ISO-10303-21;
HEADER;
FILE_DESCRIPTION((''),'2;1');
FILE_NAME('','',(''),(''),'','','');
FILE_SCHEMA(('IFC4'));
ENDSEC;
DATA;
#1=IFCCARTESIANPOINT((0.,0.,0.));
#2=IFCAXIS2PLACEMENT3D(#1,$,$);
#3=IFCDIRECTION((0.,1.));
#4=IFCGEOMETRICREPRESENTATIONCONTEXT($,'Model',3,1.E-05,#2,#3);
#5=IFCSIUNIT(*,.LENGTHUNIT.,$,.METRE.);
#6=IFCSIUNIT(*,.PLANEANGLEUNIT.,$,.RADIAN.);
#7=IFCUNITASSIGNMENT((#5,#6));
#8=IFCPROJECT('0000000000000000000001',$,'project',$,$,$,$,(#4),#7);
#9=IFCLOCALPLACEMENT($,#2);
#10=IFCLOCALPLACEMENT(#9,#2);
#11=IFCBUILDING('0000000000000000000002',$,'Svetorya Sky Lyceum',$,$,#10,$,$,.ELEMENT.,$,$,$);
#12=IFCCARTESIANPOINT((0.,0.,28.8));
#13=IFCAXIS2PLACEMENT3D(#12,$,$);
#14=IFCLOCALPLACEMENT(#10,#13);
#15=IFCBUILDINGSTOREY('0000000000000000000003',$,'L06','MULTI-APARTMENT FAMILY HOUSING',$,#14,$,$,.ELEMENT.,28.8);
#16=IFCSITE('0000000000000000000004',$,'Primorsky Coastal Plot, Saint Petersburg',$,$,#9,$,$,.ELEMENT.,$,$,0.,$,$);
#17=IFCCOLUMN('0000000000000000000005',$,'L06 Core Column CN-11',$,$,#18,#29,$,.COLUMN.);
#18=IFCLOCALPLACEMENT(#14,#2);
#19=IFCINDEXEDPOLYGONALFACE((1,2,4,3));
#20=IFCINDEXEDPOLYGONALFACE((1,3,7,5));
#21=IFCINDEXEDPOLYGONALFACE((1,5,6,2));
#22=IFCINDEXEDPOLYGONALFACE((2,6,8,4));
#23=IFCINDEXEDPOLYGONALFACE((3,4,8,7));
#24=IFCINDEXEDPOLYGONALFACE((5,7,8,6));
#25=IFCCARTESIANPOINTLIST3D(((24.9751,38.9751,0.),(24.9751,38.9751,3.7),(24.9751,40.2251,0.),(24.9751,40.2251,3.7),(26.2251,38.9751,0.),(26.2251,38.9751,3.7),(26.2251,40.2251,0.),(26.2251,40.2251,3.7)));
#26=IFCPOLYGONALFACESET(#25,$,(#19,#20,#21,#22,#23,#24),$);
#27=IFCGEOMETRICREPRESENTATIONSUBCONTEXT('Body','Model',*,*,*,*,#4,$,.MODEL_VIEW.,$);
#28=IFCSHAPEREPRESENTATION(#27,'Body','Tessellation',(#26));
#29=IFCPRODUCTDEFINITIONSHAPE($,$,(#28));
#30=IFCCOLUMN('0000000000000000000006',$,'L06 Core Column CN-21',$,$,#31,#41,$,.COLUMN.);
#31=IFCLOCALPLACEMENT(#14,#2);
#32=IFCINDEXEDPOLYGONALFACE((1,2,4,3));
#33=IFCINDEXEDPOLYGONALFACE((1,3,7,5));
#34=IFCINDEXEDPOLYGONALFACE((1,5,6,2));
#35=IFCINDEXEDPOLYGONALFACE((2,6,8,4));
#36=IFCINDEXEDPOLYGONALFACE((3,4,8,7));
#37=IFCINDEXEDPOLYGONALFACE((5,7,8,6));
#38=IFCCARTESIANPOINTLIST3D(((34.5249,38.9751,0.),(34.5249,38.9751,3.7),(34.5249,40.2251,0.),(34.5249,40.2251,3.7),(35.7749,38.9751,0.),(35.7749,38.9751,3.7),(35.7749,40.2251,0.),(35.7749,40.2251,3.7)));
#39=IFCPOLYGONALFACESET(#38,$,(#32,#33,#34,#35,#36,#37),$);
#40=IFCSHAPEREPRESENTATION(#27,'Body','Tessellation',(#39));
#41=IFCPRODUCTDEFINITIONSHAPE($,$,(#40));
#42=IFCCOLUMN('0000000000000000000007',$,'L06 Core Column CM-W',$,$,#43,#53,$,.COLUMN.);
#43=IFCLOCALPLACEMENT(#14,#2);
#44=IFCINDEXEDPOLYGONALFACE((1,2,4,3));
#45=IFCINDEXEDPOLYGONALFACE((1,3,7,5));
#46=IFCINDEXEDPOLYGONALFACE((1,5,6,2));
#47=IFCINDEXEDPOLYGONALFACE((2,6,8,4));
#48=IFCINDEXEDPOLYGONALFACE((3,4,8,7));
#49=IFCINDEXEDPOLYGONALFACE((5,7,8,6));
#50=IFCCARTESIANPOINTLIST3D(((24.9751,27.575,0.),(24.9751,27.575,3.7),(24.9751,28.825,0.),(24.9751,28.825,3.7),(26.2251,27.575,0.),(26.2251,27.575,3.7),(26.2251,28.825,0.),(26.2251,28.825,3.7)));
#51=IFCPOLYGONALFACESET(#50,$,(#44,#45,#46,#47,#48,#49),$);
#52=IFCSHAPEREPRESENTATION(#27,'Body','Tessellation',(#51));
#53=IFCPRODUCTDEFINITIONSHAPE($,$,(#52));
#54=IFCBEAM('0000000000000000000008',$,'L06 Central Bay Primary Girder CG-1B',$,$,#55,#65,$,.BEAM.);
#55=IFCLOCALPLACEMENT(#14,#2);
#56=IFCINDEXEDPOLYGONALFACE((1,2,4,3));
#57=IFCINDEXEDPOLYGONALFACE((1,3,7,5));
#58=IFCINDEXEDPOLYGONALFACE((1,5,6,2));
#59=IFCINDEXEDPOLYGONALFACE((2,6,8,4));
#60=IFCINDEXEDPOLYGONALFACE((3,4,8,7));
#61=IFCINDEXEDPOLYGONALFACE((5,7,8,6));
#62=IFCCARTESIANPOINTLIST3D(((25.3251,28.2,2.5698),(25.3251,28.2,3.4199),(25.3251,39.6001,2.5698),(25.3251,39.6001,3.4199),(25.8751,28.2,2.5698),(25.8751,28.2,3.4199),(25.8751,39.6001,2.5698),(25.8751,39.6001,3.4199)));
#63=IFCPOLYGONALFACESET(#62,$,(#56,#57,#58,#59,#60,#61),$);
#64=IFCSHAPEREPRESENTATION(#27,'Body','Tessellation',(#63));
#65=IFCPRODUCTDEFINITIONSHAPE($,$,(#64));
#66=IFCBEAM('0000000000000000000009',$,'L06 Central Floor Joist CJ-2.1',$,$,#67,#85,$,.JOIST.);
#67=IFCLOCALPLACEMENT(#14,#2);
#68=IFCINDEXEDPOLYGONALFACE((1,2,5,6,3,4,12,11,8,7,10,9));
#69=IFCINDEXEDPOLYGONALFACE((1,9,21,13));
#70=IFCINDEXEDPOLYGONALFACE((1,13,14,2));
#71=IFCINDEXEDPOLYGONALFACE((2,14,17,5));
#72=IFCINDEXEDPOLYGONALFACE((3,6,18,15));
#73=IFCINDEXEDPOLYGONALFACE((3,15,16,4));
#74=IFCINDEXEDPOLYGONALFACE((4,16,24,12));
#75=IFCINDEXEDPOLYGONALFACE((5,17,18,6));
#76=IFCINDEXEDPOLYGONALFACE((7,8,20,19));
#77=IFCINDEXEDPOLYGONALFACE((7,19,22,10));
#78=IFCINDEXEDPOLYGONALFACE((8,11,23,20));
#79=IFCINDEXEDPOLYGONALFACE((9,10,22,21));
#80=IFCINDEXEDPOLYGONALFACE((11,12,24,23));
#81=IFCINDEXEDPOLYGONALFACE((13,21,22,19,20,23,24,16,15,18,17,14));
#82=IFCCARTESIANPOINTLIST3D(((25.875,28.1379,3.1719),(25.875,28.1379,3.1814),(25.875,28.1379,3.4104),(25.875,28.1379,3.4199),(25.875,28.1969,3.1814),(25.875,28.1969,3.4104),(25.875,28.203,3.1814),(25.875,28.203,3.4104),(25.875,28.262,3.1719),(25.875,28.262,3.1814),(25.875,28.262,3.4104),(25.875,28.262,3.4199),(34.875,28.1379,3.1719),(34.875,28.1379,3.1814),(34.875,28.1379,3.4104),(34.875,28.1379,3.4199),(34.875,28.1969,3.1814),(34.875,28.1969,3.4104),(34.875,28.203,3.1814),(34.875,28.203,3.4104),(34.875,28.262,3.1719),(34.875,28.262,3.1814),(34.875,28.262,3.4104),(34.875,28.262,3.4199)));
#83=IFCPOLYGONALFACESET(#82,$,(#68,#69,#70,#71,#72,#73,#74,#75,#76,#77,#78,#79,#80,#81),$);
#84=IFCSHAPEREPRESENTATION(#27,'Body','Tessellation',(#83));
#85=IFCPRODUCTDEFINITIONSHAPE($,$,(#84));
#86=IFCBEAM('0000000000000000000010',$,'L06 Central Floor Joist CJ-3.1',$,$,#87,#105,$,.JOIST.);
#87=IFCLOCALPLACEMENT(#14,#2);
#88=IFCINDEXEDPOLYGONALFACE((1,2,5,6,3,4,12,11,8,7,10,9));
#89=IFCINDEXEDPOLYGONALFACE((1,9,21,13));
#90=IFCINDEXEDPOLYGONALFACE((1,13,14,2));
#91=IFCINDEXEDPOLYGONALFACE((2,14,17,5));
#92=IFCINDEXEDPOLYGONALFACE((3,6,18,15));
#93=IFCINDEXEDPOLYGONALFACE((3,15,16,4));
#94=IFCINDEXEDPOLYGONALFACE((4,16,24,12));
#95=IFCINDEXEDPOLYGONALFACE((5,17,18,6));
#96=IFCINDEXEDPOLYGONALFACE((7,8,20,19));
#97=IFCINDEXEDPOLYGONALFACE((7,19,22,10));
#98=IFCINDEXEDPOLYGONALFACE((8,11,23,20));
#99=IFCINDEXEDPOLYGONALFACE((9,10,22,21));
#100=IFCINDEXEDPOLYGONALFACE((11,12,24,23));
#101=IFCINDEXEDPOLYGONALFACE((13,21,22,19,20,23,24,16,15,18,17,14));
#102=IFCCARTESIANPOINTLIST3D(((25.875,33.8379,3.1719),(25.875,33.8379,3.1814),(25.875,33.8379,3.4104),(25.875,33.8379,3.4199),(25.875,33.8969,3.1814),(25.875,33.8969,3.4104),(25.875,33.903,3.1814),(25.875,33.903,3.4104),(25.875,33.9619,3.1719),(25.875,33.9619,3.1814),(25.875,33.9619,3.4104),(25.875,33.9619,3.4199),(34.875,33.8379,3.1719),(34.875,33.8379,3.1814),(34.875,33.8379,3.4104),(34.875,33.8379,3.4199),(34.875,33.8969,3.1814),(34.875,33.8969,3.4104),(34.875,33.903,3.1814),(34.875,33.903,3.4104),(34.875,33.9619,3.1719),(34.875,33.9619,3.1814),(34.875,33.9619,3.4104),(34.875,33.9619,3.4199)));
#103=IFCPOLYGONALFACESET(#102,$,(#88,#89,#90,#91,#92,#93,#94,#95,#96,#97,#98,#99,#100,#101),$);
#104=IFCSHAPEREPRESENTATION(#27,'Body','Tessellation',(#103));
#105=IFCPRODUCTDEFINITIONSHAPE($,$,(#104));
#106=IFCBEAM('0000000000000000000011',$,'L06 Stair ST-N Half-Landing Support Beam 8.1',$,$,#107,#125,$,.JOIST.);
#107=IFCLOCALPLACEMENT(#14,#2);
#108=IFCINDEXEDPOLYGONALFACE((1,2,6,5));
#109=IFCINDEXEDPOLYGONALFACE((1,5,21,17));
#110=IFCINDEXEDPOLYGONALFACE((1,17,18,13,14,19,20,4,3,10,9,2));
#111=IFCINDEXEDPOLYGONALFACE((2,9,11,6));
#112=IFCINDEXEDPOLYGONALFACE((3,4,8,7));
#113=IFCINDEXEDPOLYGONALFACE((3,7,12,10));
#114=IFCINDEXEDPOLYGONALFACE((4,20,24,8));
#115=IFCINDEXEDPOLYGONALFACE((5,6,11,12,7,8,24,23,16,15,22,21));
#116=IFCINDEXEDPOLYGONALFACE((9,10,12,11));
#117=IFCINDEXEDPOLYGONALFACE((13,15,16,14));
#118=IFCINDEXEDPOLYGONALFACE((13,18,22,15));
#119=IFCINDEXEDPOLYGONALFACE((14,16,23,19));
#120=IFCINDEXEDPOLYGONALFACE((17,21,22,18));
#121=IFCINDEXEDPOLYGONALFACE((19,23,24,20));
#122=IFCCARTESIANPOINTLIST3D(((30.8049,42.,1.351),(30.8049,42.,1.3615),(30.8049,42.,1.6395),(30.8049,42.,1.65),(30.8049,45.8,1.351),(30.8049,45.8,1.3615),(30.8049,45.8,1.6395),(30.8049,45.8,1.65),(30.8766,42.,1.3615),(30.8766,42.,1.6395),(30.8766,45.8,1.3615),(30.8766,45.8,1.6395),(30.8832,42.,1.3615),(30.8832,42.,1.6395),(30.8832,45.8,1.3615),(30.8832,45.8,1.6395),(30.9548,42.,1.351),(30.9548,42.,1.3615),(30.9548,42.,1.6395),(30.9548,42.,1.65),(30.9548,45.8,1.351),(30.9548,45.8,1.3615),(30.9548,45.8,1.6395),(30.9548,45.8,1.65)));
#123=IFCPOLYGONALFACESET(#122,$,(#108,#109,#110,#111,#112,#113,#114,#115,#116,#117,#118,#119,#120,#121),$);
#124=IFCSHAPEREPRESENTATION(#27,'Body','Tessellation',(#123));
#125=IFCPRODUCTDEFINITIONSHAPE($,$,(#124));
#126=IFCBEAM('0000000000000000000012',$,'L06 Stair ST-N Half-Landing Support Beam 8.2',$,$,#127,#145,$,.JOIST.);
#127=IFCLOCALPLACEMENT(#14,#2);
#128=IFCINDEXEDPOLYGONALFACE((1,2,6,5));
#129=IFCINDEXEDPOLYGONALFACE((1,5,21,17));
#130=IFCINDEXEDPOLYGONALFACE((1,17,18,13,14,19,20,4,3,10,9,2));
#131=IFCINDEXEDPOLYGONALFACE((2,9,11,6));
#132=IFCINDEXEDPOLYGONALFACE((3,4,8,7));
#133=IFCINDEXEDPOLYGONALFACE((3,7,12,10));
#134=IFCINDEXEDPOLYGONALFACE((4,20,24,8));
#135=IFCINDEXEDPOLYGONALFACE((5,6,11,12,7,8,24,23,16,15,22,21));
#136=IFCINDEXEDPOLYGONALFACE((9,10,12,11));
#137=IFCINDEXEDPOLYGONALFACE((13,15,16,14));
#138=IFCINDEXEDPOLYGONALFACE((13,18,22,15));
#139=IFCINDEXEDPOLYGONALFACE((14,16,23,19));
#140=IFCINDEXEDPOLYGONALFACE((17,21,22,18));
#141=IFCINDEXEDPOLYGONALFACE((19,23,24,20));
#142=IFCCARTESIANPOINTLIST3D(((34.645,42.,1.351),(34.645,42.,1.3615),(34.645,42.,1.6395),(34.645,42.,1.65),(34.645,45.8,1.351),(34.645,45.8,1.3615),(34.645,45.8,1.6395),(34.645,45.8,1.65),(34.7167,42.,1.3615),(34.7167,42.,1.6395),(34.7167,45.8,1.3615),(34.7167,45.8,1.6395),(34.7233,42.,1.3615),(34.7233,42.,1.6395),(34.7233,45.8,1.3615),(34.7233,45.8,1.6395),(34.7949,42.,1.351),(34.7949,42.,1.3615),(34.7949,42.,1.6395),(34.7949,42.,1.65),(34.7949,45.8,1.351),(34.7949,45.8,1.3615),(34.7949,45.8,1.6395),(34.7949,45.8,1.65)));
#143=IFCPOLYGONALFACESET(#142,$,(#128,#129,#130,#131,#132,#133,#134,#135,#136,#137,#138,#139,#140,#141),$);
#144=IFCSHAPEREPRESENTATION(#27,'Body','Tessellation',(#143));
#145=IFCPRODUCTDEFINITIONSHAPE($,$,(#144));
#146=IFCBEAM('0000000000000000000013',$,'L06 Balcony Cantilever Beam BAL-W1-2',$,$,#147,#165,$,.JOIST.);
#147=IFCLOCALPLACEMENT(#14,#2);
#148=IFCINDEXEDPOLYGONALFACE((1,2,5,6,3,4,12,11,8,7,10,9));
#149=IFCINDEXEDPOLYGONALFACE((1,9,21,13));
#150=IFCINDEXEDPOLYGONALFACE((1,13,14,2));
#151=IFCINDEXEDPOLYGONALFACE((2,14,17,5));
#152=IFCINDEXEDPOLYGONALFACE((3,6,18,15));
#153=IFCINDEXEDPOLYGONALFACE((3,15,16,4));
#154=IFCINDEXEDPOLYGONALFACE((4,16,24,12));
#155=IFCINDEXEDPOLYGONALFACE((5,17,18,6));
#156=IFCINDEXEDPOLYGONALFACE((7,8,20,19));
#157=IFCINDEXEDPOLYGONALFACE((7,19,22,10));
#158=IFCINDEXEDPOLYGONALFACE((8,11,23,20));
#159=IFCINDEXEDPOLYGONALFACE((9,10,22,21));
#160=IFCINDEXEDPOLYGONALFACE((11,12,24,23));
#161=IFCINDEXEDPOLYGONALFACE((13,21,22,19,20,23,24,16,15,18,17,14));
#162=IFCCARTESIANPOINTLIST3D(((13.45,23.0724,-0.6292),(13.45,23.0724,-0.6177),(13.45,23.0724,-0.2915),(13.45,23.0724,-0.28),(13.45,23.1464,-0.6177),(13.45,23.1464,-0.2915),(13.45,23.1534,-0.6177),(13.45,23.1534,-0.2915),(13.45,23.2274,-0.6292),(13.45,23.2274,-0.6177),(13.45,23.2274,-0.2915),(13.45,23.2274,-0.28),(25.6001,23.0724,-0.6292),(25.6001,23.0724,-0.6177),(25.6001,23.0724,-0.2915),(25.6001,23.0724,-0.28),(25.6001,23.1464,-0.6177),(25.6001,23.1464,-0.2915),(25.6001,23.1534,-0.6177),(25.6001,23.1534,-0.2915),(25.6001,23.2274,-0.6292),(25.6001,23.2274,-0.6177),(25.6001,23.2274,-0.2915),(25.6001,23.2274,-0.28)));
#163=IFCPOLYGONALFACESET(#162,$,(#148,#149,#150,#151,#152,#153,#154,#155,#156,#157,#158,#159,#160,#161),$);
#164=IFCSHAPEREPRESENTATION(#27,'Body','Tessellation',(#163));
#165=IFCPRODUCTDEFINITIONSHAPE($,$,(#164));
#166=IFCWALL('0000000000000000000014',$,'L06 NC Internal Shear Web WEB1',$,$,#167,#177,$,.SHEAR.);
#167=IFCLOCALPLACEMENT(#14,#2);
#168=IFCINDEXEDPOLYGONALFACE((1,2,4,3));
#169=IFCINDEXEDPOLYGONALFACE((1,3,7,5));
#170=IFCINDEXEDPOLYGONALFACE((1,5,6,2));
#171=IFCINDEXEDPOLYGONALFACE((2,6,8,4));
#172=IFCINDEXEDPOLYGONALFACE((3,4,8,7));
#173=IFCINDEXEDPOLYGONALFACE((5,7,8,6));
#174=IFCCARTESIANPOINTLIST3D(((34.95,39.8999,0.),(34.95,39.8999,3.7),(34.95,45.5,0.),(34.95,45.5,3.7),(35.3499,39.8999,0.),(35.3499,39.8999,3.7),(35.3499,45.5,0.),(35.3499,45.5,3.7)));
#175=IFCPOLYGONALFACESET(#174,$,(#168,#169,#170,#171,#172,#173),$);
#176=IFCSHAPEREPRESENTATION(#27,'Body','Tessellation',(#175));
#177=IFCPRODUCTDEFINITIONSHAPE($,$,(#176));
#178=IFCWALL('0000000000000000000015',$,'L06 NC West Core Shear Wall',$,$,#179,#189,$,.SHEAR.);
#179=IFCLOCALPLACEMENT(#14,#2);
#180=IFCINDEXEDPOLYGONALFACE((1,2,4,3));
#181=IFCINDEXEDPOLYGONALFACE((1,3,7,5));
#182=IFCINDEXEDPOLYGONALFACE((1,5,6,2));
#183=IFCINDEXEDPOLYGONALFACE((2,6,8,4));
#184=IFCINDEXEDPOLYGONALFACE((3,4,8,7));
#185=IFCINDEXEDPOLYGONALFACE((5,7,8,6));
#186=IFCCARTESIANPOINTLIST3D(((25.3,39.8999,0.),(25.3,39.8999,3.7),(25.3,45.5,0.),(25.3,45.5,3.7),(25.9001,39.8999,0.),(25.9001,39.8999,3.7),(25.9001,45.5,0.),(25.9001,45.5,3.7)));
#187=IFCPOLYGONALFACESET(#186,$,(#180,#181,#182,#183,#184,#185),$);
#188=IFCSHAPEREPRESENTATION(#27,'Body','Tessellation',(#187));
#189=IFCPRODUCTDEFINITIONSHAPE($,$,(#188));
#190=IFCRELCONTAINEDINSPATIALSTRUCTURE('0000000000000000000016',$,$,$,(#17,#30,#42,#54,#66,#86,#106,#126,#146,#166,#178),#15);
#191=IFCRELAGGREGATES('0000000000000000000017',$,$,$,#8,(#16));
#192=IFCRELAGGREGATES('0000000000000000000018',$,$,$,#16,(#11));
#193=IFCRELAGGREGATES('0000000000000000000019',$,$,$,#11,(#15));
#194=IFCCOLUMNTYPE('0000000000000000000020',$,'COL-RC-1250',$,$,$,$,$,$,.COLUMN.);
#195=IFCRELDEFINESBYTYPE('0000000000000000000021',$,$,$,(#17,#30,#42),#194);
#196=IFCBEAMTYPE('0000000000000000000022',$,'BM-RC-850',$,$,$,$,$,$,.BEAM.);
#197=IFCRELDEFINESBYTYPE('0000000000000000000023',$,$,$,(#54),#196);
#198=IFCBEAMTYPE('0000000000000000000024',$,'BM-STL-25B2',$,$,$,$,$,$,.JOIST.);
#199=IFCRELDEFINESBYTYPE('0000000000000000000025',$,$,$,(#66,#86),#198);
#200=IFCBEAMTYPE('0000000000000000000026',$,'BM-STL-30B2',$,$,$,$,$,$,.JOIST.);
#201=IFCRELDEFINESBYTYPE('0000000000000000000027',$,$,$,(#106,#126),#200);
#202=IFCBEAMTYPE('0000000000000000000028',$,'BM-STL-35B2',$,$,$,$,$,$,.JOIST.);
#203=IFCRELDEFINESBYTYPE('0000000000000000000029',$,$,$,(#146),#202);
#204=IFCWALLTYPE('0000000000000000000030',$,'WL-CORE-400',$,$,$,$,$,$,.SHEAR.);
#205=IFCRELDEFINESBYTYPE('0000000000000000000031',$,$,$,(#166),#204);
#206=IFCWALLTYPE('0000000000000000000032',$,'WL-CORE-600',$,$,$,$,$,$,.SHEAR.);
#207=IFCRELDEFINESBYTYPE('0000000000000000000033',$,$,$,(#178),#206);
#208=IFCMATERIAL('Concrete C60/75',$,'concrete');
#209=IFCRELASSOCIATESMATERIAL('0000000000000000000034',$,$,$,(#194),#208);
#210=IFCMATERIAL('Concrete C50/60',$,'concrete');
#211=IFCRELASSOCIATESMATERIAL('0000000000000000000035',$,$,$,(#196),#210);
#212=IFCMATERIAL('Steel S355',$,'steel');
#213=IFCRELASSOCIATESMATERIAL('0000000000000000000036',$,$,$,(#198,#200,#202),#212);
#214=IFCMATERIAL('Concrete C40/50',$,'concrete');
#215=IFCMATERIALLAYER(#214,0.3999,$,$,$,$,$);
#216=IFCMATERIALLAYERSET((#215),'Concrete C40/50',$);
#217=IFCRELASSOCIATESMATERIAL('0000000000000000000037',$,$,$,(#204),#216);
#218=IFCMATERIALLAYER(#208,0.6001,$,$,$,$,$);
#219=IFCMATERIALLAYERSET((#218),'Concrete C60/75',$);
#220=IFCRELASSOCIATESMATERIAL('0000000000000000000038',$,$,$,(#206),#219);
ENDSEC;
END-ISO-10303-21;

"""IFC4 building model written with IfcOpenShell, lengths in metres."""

from ifc_helpers import new_model, si_unit, direction, frame, frame_2d, origin, origin_2d, place, context, subcontext, project, spatial, rectangle, i_section, extrude, material, layer, layer_set, material_profile, profile_set, type_object, element, save


model = new_model("IFC4")

# Units and contexts
model_context = context("Model", 3, precision=1e-05, world=origin(), true_north=direction((0.0, 1.0)))
body_context = subcontext(model_context, "Body", "Model", "MODEL_VIEW")
ifc_project = project(units=[si_unit("LENGTHUNIT", "METRE"), si_unit("PLANEANGLEUNIT", "RADIAN")], contexts=[model_context])

# Site, building, storey
site_placement = place(None, origin())
site = spatial("IfcSite", under=ifc_project, at=site_placement, Name="Primorsky Coastal Plot, Saint Petersburg", CompositionType="ELEMENT", RefElevation=0.0)
building_placement = place(site_placement, origin())
building = spatial("IfcBuilding", under=site, at=building_placement, Name="Svetorya Sky Lyceum", CompositionType="ELEMENT")
storey_placement = place(building_placement, frame((0.0, 0.0, 28.8)))
storey = spatial("IfcBuildingStorey", under=building, at=storey_placement, Name="L06", Description="MULTI-APARTMENT FAMILY HOUSING", CompositionType="ELEMENT", Elevation=28.8)

# Columns
ifc_material_1 = material(Name="Concrete C60/75", Category="concrete")
ifc_material_profile_1 = material_profile(ifc_material_1, rectangle(XDim=1.25, YDim=1.25, at=origin_2d()), Name="RC COL 1250x1250")
ifc_profile_set_1 = profile_set([ifc_material_profile_1], Name="Concrete C60/75")
column_type = type_object("IfcColumnType", Name="COL-RC-1250", PredefinedType="COLUMN", material=ifc_profile_set_1)
for number, where, z_axis, x_axis, name in (
    (1, (25.6001, 39.6001, 0.0), (0.0, 0.0, 1.0), (1.0, 0.0, 0.0), "L06 Core Column CN-11"),
    (2, (35.1499, 39.6001, 0.0), (0.0, 0.0, 1.0), (1.0, 0.0, 0.0), "L06 Core Column CN-21"),
    (3, (25.6001, 28.2, 0.0), (0.0, 0.0, 1.0), (1.0, 0.0, 0.0), "L06 Core Column CM-W"),
):
    element("IfcColumn", number, at=place(storey_placement, frame(where, z_axis=z_axis, x_axis=x_axis)), inside=storey, type_object=column_type, Name=name, PredefinedType="COLUMN", context=body_context, shape_type="SweptSolid", body=[
        extrude(rectangle(XDim=1.25, YDim=1.25, at=origin_2d()), origin(), (0.0, 0.0, 1.0), 3.7),
    ])

# Beams
ifc_material_2 = material(Name="Concrete C50/60", Category="concrete")
ifc_material_profile_2 = material_profile(ifc_material_2, rectangle(XDim=0.55, YDim=0.8501, at=origin_2d()), Name="RC BEAM 550x850")
ifc_profile_set_2 = profile_set([ifc_material_profile_2], Name="Concrete C50/60")
beam_type_1 = type_object("IfcBeamType", Name="BM-RC-850", PredefinedType="BEAM", material=ifc_profile_set_2)
beam_1_placement = place(storey_placement, frame((25.6001, 28.2, 2.9949), z_axis=(0.0, 1.0, 0.0), x_axis=(-1.0, 0.0, 0.0)))
element("IfcBeam", 4, at=beam_1_placement, inside=storey, type_object=beam_type_1, Name="L06 Central Bay Primary Girder CG-1B", PredefinedType="BEAM", context=body_context, shape_type="SweptSolid", body=[
    extrude(rectangle(XDim=0.55, YDim=0.8501, at=origin_2d()), origin(), (0.0, 0.0, 1.0), 11.4001),
])
ifc_material_3 = material(Name="Steel S355", Category="steel")
ifc_material_profile_3 = material_profile(ifc_material_3, i_section(OverallWidth=0.124, OverallDepth=0.248, WebThickness=0.0061, FlangeThickness=0.0095, at=origin_2d()), Name="GOST 25B2")
ifc_profile_set_3 = profile_set([ifc_material_profile_3], Name="Steel S355")
beam_type_2 = type_object("IfcBeamType", Name="BM-STL-25B2", PredefinedType="JOIST", material=ifc_profile_set_3)
for number, where, z_axis, x_axis, name in (
    (5, (25.875, 28.2, 3.2959), (1.0, 0.0, 0.0), (0.0, 1.0, 0.0), "L06 Central Floor Joist CJ-2.1"),
    (6, (25.875, 33.8999, 3.2959), (1.0, 0.0, 0.0), (0.0, 1.0, 0.0), "L06 Central Floor Joist CJ-3.1"),
):
    element("IfcBeam", number, at=place(storey_placement, frame(where, z_axis=z_axis, x_axis=x_axis)), inside=storey, type_object=beam_type_2, Name=name, PredefinedType="JOIST", context=body_context, shape_type="SweptSolid", body=[
        extrude(i_section(OverallWidth=0.124, OverallDepth=0.248, WebThickness=0.0061, FlangeThickness=0.0095, at=origin_2d()), origin(), (0.0, 0.0, 1.0), 9.0),
    ])
ifc_material_profile_4 = material_profile(ifc_material_3, i_section(OverallWidth=0.1499, OverallDepth=0.2991, WebThickness=0.0066, FlangeThickness=0.0105, at=origin_2d()), Name="GOST 30B2")
ifc_profile_set_4 = profile_set([ifc_material_profile_4], Name="Steel S355")
beam_type_3 = type_object("IfcBeamType", Name="BM-STL-30B2", PredefinedType="JOIST", material=ifc_profile_set_4)
for number, where, z_axis, x_axis, name in (
    (7, (30.8799, 42.0, 1.5005), (0.0, 1.0, 0.0), (-1.0, 0.0, 0.0), "L06 Stair ST-N Half-Landing Support Beam 8.1"),
    (8, (34.72, 42.0, 1.5005), (0.0, 1.0, 0.0), (-1.0, 0.0, 0.0), "L06 Stair ST-N Half-Landing Support Beam 8.2"),
):
    element("IfcBeam", number, at=place(storey_placement, frame(where, z_axis=z_axis, x_axis=x_axis)), inside=storey, type_object=beam_type_3, Name=name, PredefinedType="JOIST", context=body_context, shape_type="SweptSolid", body=[
        extrude(i_section(OverallWidth=0.1499, OverallDepth=0.2991, WebThickness=0.0066, FlangeThickness=0.0105, at=origin_2d()), origin(), (0.0, 0.0, 1.0), 3.8),
    ])
ifc_material_profile_5 = material_profile(ifc_material_3, i_section(OverallWidth=0.155, OverallDepth=0.3491, WebThickness=0.0071, FlangeThickness=0.0115, at=origin_2d()), Name="GOST 35B2")
ifc_profile_set_5 = profile_set([ifc_material_profile_5], Name="Steel S355")
beam_type_4 = type_object("IfcBeamType", Name="BM-STL-35B2", PredefinedType="JOIST", material=ifc_profile_set_5)
beam_2_placement = place(storey_placement, frame((25.6001, 23.1499, -0.4546), z_axis=(-1.0, 0.0, 0.0), x_axis=(0.0, -1.0, 0.0)))
element("IfcBeam", 9, at=beam_2_placement, inside=storey, type_object=beam_type_4, Name="L06 Balcony Cantilever Beam BAL-W1-2", PredefinedType="JOIST", context=body_context, shape_type="SweptSolid", body=[
    extrude(i_section(OverallWidth=0.155, OverallDepth=0.3491, WebThickness=0.0071, FlangeThickness=0.0115, at=origin_2d()), origin(), (0.0, 0.0, 1.0), 12.1501),
])

# Walls
ifc_material_4 = material(Name="Concrete C40/50", Category="concrete")
ifc_layer_1 = layer(ifc_material_4, 0.3999)
ifc_layer_set_1 = layer_set([ifc_layer_1], Name="Concrete C40/50")
wall_type_1 = type_object("IfcWallType", Name="WL-CORE-400", PredefinedType="SHEAR", material=ifc_layer_set_1)
wall_1_placement = place(storey_placement, frame((35.1499, 39.8999, 0.0), z_axis=(0.0, 0.0, 1.0), x_axis=(0.0, 1.0, 0.0)))
element("IfcWall", 10, at=wall_1_placement, inside=storey, type_object=wall_type_1, Name="L06 NC Internal Shear Web WEB1", PredefinedType="SHEAR", context=body_context, shape_type="SweptSolid", body=[
    extrude(rectangle(XDim=5.6001, YDim=0.3999, at=frame_2d((2.8, 0.0))), origin(), (0.0, 0.0, 1.0), 3.7),
])
ifc_layer_2 = layer(ifc_material_1, 0.6001)
ifc_layer_set_2 = layer_set([ifc_layer_2], Name="Concrete C60/75")
wall_type_2 = type_object("IfcWallType", Name="WL-CORE-600", PredefinedType="SHEAR", material=ifc_layer_set_2)
wall_2_placement = place(storey_placement, frame((25.6001, 39.8999, 0.0), z_axis=(0.0, 0.0, 1.0), x_axis=(0.0, 1.0, 0.0)))
element("IfcWall", 11, at=wall_2_placement, inside=storey, type_object=wall_type_2, Name="L06 NC West Core Shear Wall", PredefinedType="SHEAR", context=body_context, shape_type="SweptSolid", body=[
    extrude(rectangle(XDim=5.6001, YDim=0.6001, at=frame_2d((2.8, 0.0))), origin(), (0.0, 0.0, 1.0), 3.7),
])

save(model, "model.ifc")
